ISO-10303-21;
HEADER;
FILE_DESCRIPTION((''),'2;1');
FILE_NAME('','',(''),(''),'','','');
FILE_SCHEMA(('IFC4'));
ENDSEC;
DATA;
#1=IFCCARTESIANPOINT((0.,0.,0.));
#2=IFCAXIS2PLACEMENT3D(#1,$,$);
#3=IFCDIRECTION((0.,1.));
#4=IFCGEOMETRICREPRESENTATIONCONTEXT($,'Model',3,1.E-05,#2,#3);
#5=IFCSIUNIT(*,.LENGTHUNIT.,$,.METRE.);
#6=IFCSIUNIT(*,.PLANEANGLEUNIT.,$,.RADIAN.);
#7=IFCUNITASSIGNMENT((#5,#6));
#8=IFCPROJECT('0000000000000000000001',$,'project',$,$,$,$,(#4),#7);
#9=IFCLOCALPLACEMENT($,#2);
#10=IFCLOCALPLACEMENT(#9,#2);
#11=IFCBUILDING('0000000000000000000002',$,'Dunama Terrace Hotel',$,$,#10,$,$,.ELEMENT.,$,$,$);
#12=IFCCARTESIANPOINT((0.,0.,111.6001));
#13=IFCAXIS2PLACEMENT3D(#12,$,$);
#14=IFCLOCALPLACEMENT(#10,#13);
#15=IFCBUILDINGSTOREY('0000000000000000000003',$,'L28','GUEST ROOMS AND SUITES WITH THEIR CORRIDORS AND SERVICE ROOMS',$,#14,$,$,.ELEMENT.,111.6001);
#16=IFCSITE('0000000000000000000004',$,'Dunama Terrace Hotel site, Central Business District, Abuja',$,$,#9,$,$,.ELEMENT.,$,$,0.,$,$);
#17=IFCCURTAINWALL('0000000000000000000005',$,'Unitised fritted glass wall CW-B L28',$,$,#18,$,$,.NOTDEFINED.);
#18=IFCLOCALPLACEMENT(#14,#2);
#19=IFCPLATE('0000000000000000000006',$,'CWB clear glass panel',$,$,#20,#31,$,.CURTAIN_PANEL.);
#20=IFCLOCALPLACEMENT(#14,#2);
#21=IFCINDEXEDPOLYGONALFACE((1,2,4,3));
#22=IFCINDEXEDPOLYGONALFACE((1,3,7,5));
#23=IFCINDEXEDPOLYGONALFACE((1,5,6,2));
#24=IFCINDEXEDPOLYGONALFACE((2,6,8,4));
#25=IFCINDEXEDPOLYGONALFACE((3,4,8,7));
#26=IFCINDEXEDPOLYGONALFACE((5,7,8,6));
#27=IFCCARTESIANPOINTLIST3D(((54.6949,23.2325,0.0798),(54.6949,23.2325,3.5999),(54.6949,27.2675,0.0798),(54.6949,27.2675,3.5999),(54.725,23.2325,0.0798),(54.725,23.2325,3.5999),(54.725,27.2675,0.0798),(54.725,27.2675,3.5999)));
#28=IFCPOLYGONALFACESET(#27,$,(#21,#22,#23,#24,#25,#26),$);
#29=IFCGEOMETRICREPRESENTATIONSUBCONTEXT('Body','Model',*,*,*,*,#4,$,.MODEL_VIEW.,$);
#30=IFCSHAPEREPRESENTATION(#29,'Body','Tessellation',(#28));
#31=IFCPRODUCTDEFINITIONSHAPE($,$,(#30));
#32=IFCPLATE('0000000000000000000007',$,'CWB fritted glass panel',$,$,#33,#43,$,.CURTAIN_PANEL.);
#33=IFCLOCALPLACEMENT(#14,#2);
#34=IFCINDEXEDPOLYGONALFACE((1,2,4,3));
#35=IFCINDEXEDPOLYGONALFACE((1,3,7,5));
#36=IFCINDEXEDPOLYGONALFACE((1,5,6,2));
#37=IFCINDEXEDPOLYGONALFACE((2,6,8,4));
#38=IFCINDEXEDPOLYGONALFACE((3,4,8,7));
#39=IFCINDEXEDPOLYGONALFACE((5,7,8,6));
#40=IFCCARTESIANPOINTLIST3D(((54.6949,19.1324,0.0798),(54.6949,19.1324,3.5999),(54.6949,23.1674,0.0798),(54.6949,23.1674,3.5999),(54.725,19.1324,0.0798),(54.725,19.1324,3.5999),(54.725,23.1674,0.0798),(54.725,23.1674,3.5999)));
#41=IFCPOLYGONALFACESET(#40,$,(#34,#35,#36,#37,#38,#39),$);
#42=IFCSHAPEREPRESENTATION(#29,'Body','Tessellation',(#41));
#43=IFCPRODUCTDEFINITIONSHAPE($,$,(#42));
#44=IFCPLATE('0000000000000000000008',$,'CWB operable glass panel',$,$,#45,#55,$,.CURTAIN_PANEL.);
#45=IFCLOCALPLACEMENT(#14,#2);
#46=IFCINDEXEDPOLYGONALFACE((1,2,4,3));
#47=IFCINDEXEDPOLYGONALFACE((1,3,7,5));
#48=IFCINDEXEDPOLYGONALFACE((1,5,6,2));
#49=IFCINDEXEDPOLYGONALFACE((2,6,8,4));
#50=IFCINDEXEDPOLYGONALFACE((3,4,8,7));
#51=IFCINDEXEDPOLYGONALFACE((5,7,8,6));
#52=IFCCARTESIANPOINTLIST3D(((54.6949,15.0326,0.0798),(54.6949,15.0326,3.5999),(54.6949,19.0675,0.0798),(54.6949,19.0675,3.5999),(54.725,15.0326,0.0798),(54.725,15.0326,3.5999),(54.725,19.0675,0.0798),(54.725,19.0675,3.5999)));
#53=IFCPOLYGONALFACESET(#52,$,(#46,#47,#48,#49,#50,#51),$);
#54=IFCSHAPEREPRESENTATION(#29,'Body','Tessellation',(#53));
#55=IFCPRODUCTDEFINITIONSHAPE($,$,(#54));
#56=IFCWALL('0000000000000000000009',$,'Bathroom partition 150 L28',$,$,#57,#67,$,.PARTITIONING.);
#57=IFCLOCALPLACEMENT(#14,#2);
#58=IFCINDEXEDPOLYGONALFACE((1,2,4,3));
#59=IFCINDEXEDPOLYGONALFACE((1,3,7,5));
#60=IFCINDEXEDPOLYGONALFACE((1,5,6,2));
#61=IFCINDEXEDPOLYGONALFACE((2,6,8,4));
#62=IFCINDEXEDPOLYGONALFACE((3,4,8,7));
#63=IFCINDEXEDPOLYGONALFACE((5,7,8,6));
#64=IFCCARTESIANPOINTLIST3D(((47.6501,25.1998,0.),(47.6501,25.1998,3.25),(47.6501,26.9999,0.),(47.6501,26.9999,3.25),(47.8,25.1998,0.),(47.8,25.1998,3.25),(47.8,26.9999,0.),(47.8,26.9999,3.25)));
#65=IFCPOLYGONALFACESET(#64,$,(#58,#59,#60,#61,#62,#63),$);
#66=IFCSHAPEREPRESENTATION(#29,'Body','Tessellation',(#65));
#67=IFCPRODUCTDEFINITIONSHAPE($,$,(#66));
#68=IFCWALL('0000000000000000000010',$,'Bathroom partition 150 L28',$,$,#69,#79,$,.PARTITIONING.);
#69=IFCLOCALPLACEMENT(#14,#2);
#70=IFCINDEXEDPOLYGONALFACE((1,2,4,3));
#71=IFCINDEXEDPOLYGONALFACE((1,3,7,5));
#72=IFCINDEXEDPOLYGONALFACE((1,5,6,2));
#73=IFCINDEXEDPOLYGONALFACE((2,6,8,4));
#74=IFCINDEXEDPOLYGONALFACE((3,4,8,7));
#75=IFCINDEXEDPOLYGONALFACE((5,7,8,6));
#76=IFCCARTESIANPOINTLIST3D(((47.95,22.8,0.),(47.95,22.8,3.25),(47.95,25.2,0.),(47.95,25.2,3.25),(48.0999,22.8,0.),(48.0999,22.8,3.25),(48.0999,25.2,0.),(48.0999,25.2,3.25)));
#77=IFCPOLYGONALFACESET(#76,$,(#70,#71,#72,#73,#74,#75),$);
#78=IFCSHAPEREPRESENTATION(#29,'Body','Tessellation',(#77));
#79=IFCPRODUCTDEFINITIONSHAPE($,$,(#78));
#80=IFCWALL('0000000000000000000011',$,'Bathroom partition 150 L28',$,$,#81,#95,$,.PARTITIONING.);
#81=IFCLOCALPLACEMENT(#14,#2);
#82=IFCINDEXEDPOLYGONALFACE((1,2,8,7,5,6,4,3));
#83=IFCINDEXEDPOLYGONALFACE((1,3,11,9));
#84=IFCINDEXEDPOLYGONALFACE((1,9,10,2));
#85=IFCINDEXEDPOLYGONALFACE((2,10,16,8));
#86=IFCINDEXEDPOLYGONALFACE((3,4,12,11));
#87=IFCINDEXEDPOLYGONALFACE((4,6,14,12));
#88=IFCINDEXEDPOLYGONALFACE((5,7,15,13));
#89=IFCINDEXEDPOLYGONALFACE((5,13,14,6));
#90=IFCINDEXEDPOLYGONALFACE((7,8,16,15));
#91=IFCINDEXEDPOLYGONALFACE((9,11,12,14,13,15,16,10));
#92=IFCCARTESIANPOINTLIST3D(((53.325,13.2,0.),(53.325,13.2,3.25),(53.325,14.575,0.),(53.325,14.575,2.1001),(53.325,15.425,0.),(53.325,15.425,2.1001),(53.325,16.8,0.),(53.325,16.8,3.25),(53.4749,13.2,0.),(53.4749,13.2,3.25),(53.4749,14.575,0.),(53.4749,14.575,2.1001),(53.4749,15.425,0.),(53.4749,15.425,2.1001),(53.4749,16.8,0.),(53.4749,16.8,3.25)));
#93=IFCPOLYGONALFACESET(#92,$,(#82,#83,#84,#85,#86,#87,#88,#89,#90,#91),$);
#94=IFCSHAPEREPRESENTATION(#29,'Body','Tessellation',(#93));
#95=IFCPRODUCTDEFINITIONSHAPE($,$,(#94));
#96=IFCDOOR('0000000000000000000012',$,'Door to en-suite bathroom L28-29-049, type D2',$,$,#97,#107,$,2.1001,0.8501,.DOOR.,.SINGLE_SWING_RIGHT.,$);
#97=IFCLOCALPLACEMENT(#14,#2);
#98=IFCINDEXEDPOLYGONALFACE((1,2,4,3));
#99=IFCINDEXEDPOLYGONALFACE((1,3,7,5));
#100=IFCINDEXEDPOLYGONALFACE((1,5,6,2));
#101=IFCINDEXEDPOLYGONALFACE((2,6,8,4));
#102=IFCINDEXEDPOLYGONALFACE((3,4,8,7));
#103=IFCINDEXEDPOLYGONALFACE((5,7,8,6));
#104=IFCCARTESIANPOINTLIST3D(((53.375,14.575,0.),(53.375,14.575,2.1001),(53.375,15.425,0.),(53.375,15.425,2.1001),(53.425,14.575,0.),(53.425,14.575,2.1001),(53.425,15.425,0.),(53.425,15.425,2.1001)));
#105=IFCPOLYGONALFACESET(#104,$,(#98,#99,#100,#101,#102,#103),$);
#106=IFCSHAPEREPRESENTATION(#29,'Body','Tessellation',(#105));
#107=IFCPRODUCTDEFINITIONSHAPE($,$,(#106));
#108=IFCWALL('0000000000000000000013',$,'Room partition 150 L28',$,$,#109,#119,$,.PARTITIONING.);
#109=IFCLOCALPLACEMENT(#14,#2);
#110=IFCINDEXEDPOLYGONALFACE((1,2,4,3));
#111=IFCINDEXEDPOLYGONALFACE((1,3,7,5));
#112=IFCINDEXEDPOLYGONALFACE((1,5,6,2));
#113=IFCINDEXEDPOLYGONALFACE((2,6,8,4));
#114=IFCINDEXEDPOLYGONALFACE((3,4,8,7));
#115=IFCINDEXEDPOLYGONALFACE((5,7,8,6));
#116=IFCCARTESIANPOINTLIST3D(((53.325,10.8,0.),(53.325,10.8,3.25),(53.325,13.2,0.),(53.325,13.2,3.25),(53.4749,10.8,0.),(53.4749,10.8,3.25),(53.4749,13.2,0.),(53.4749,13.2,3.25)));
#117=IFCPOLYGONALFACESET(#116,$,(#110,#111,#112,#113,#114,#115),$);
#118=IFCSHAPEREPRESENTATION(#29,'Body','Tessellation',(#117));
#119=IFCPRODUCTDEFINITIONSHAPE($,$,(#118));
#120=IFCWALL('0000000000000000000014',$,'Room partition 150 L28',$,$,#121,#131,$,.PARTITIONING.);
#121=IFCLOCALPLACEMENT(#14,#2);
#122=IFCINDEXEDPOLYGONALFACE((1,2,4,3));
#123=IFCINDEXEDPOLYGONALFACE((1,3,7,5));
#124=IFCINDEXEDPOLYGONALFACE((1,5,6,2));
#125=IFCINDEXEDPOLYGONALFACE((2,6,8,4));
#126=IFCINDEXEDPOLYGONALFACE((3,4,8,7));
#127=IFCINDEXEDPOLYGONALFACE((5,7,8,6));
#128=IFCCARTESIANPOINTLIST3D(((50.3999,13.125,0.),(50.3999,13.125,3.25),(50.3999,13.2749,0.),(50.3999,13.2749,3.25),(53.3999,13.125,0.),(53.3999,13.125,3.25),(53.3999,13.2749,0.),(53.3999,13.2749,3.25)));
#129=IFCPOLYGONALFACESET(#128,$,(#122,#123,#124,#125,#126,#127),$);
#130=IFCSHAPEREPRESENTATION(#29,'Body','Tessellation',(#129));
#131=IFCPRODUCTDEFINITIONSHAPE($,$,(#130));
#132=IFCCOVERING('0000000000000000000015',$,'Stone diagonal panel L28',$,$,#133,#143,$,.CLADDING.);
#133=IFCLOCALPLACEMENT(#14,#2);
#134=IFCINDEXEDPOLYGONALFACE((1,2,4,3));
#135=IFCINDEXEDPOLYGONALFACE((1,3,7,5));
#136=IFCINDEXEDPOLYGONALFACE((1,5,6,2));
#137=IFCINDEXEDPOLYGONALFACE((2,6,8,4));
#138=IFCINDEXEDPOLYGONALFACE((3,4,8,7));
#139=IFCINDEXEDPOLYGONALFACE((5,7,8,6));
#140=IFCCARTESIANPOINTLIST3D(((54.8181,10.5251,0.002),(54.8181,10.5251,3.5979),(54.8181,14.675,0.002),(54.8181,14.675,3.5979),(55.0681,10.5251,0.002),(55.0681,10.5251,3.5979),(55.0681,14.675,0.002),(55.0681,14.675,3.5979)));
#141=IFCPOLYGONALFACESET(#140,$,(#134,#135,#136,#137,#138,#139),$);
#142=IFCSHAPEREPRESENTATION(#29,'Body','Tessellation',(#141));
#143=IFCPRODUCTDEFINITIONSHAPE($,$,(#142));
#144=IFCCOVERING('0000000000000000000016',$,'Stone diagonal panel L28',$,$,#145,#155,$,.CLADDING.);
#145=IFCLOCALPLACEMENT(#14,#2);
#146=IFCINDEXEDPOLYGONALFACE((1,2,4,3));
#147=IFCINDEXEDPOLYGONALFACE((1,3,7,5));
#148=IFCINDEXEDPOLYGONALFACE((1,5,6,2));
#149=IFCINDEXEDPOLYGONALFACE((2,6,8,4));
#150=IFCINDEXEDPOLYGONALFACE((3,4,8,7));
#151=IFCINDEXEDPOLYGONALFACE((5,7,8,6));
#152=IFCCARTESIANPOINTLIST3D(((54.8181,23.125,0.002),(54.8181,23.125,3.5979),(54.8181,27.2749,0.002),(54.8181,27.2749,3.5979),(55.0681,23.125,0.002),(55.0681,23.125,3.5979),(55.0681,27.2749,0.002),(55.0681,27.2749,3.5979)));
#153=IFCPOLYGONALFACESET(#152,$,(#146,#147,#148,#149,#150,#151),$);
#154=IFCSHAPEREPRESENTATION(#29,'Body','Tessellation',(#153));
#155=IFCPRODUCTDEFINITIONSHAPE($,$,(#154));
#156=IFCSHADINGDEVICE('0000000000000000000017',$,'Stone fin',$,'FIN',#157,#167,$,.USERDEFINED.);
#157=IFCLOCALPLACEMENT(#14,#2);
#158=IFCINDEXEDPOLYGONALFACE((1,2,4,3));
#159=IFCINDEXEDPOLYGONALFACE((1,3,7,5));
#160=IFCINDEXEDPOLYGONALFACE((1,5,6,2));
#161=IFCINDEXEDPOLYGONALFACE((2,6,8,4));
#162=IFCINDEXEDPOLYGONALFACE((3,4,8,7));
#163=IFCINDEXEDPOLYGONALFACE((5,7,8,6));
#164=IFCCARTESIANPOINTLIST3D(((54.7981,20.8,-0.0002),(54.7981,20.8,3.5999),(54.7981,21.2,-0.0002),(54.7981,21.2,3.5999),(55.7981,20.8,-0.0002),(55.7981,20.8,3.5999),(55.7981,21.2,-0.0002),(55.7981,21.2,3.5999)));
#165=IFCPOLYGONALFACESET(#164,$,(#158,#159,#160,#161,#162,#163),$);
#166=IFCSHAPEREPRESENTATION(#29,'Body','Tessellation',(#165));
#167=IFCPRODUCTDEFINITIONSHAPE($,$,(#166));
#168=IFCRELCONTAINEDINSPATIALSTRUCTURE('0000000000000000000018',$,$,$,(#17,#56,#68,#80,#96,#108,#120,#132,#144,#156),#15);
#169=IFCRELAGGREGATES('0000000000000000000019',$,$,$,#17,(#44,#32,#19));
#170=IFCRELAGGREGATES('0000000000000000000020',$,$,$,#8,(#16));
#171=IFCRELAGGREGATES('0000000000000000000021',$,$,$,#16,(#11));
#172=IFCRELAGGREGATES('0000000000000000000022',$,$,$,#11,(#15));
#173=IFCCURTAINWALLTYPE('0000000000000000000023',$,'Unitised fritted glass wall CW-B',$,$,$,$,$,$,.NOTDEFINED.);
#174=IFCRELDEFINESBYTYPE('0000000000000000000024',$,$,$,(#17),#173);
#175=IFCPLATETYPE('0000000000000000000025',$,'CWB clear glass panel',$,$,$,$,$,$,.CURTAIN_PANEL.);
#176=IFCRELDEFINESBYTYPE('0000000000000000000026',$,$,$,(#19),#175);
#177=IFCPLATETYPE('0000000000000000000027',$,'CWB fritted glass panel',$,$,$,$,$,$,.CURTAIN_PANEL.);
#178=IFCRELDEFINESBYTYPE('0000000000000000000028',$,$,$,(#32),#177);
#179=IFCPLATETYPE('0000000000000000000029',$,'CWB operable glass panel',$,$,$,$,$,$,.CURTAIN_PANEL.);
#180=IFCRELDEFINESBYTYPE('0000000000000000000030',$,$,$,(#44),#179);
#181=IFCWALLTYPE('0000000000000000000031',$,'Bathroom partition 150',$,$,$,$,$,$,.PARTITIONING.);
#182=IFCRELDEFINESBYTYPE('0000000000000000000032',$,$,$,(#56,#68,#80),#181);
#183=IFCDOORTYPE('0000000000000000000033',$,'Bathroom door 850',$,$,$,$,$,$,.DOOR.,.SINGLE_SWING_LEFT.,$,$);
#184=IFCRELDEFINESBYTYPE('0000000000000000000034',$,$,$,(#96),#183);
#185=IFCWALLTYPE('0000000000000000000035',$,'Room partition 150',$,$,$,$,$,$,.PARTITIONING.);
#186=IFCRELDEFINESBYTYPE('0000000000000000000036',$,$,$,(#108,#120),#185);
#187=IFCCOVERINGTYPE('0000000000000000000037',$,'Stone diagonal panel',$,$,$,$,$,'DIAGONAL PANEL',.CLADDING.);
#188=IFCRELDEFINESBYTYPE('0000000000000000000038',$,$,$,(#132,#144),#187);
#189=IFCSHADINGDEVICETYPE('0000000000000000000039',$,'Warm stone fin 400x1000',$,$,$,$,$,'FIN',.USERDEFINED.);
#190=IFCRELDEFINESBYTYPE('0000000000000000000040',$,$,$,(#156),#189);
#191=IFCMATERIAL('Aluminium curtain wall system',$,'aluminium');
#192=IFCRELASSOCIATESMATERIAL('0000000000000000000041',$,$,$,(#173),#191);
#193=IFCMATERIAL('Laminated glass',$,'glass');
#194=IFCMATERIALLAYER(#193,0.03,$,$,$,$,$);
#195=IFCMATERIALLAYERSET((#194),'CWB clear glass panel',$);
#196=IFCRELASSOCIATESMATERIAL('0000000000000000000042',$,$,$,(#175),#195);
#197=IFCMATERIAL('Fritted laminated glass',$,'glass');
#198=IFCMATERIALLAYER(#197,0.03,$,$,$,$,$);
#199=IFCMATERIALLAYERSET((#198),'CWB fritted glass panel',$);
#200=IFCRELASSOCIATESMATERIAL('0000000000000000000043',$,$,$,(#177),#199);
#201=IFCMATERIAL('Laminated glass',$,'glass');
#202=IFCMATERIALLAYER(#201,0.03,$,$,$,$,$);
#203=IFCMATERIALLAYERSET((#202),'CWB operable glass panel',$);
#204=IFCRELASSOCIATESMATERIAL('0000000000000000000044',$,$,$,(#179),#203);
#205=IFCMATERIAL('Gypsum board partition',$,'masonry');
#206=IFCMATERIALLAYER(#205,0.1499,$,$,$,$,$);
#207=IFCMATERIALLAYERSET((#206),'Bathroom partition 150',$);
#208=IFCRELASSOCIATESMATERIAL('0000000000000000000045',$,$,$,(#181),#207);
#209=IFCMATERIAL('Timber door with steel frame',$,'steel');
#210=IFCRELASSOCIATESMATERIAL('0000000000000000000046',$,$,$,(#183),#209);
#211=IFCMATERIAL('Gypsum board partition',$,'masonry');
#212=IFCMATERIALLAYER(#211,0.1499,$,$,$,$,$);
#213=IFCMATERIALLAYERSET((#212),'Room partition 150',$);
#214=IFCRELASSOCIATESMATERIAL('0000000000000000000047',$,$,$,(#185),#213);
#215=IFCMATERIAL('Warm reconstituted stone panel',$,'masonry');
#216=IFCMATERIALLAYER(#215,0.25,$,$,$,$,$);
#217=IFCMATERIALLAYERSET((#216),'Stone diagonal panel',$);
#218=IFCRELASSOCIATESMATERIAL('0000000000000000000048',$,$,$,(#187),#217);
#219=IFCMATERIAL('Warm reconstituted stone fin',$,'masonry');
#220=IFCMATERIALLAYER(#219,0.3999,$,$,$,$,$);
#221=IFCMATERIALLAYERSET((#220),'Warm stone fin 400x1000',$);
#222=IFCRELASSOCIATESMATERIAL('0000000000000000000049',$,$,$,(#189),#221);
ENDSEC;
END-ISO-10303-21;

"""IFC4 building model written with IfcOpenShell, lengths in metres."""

from ifc_helpers import new_model, si_unit, direction, frame, frame_2d, origin, origin_2d, place, context, subcontext, project, spatial, rectangle, extrude, material, layer, layer_set, type_object, element, fill, aggregate, save


model = new_model("IFC4")

# Units and contexts
model_context = context("Model", 3, precision=1e-05, world=origin(), true_north=direction((0.0, 1.0)))
body_context = subcontext(model_context, "Body", "Model", "MODEL_VIEW")
ifc_project = project(units=[si_unit("LENGTHUNIT", "METRE"), si_unit("PLANEANGLEUNIT", "RADIAN")], contexts=[model_context])

# Site, building, storey
site_placement = place(None, origin())
site = spatial("IfcSite", under=ifc_project, at=site_placement, Name="Dunama Terrace Hotel site, Central Business District, Abuja", CompositionType="ELEMENT", RefElevation=0.0)
building_placement = place(site_placement, origin())
building = spatial("IfcBuilding", under=site, at=building_placement, Name="Dunama Terrace Hotel", CompositionType="ELEMENT")
storey_placement = place(building_placement, frame((0.0, 0.0, 111.6001)))
storey = spatial("IfcBuildingStorey", under=building, at=storey_placement, Name="L28", Description="GUEST ROOMS AND SUITES WITH THEIR CORRIDORS AND SERVICE ROOMS", CompositionType="ELEMENT", Elevation=111.6001)

# Curtain wall
ifc_material_1 = material(Name="Aluminium curtain wall system", Category="aluminium")
curtain_wall_type = type_object("IfcCurtainWallType", Name="Unitised fritted glass wall CW-B", PredefinedType="NOTDEFINED", material=ifc_material_1)
curtain_wall_placement = place(storey_placement, origin())
curtain_wall = element("IfcCurtainWall", 1, at=curtain_wall_placement, inside=storey, type_object=curtain_wall_type, Name="Unitised fritted glass wall CW-B L28", PredefinedType="NOTDEFINED")

# Plates
ifc_material_2 = material(Name="Laminated glass", Category="glass")
ifc_layer_1 = layer(ifc_material_2, 0.03)
ifc_layer_set_1 = layer_set([ifc_layer_1], Name="CWB clear glass panel")
plate_type_1 = type_object("IfcPlateType", Name="CWB clear glass panel", PredefinedType="CURTAIN_PANEL", material=ifc_layer_set_1)
plate_1_placement = place(storey_placement, frame((54.71, 25.25, 0.0798), z_axis=(0.0, 0.0, 1.0), x_axis=(0.0, 1.0, 0.0)))
plate_1 = element("IfcPlate", 2, at=plate_1_placement, type_object=plate_type_1, Name="CWB clear glass panel", PredefinedType="CURTAIN_PANEL", context=body_context, shape_type="SweptSolid", body=[
    extrude(rectangle(XDim=4.0349, YDim=0.03, at=origin_2d()), origin(), (0.0, 0.0, 1.0), 3.52),
])
ifc_material_3 = material(Name="Fritted laminated glass", Category="glass")
ifc_layer_2 = layer(ifc_material_3, 0.03)
ifc_layer_set_2 = layer_set([ifc_layer_2], Name="CWB fritted glass panel")
plate_type_2 = type_object("IfcPlateType", Name="CWB fritted glass panel", PredefinedType="CURTAIN_PANEL", material=ifc_layer_set_2)
plate_2_placement = place(storey_placement, frame((54.71, 21.1499, 0.0798), z_axis=(0.0, 0.0, 1.0), x_axis=(0.0, 1.0, 0.0)))
plate_2 = element("IfcPlate", 3, at=plate_2_placement, type_object=plate_type_2, Name="CWB fritted glass panel", PredefinedType="CURTAIN_PANEL", context=body_context, shape_type="SweptSolid", body=[
    extrude(rectangle(XDim=4.0349, YDim=0.03, at=origin_2d()), origin(), (0.0, 0.0, 1.0), 3.52),
])
ifc_material_4 = material(Name="Laminated glass", Category="glass")
ifc_layer_3 = layer(ifc_material_4, 0.03)
ifc_layer_set_3 = layer_set([ifc_layer_3], Name="CWB operable glass panel")
plate_type_3 = type_object("IfcPlateType", Name="CWB operable glass panel", PredefinedType="CURTAIN_PANEL", material=ifc_layer_set_3)
plate_3_placement = place(storey_placement, frame((54.71, 17.05, 0.0798), z_axis=(0.0, 0.0, 1.0), x_axis=(0.0, 1.0, 0.0)))
plate_3 = element("IfcPlate", 4, at=plate_3_placement, type_object=plate_type_3, Name="CWB operable glass panel", PredefinedType="CURTAIN_PANEL", context=body_context, shape_type="SweptSolid", body=[
    extrude(rectangle(XDim=4.0349, YDim=0.03, at=origin_2d()), origin(), (0.0, 0.0, 1.0), 3.52),
])
aggregate(curtain_wall, [plate_3, plate_2, plate_1])

# Walls
ifc_material_5 = material(Name="Gypsum board partition", Category="masonry")
ifc_layer_4 = layer(ifc_material_5, 0.1499)
ifc_layer_set_4 = layer_set([ifc_layer_4], Name="Bathroom partition 150")
wall_type_1 = type_object("IfcWallType", Name="Bathroom partition 150", PredefinedType="PARTITIONING", material=ifc_layer_set_4)
wall_1_placement = place(storey_placement, frame((47.7251, 25.2, 0.0), z_axis=(0.0, 0.0, 1.0), x_axis=(0.0, 1.0, 0.0)))
element("IfcWall", 5, at=wall_1_placement, inside=storey, type_object=wall_type_1, Name="Bathroom partition 150 L28", PredefinedType="PARTITIONING", context=body_context, shape_type="SweptSolid", body=[
    extrude(rectangle(XDim=1.8, YDim=0.1499, at=frame_2d((0.8999, 0.0))), origin(), (0.0, 0.0, 1.0), 3.25),
])
wall_2_placement = place(storey_placement, frame((48.0249, 22.8, 0.0), z_axis=(0.0, 0.0, 1.0), x_axis=(0.0, 1.0, 0.0)))
element("IfcWall", 6, at=wall_2_placement, inside=storey, type_object=wall_type_1, Name="Bathroom partition 150 L28", PredefinedType="PARTITIONING", context=body_context, shape_type="SweptSolid", body=[
    extrude(rectangle(XDim=2.3999, YDim=0.1499, at=frame_2d((1.2, 0.0))), origin(), (0.0, 0.0, 1.0), 3.25),
])

# Wall, opening, door
wall_3_placement = place(storey_placement, frame((53.3999, 13.2, 0.0), z_axis=(0.0, 0.0, 1.0), x_axis=(0.0, 1.0, 0.0)))
wall_3 = element("IfcWall", 7, at=wall_3_placement, inside=storey, type_object=wall_type_1, Name="Bathroom partition 150 L28", PredefinedType="PARTITIONING", context=body_context, shape_type="SweptSolid", body=[
    extrude(rectangle(XDim=3.6001, YDim=0.1499, at=frame_2d((1.8, 0.0))), origin(), (0.0, 0.0, 1.0), 3.25),
])
opening_placement = place(wall_3_placement, frame((1.375, 0.0, 0.0)))
opening = element("IfcOpeningElement", 8, at=opening_placement, cuts=wall_3, PredefinedType="OPENING", context=body_context, shape_type="SweptSolid", body=[
    extrude(rectangle(XDim=0.8501, YDim=2.1001, at=frame_2d((0.425, 1.05))), frame((0.0, 0.085, 0.0), z_axis=(0.0, -1.0, 0.0), x_axis=(1.0, 0.0, 0.0)), (0.0, 0.0, 1.0), 0.1699),
])
ifc_material_6 = material(Name="Timber door with steel frame", Category="steel")
door_type = type_object("IfcDoorType", Name="Bathroom door 850", OperationType="SINGLE_SWING_LEFT", PredefinedType="DOOR", material=ifc_material_6)
door_placement = place(opening_placement, origin())
door = element("IfcDoor", 9, at=door_placement, inside=storey, type_object=door_type, Name="Door to en-suite bathroom L28-29-049, type D2", OperationType="SINGLE_SWING_RIGHT", OverallHeight=2.1001, OverallWidth=0.8501, PredefinedType="DOOR", context=body_context, shape_type="SweptSolid", body=[
    extrude(rectangle(XDim=0.8501, YDim=2.1001, at=frame_2d((0.425, 1.05))), frame((0.0, 0.0249, 0.0), z_axis=(0.0, -1.0, 0.0), x_axis=(1.0, 0.0, 0.0)), (0.0, 0.0, 1.0), 0.05),
])
fill(opening, door)

# Walls
ifc_material_7 = material(Name="Gypsum board partition", Category="masonry")
ifc_layer_5 = layer(ifc_material_7, 0.1499)
ifc_layer_set_5 = layer_set([ifc_layer_5], Name="Room partition 150")
wall_type_2 = type_object("IfcWallType", Name="Room partition 150", PredefinedType="PARTITIONING", material=ifc_layer_set_5)
wall_4_placement = place(storey_placement, frame((53.3999, 10.8, 0.0), z_axis=(0.0, 0.0, 1.0), x_axis=(0.0, 1.0, 0.0)))
element("IfcWall", 10, at=wall_4_placement, inside=storey, type_object=wall_type_2, Name="Room partition 150 L28", PredefinedType="PARTITIONING", context=body_context, shape_type="SweptSolid", body=[
    extrude(rectangle(XDim=2.3999, YDim=0.1499, at=frame_2d((1.2, 0.0))), origin(), (0.0, 0.0, 1.0), 3.25),
])
wall_5_placement = place(storey_placement, frame((50.3999, 13.2, 0.0), z_axis=(0.0, 0.0, 1.0), x_axis=(1.0, 0.0, 0.0)))
element("IfcWall", 11, at=wall_5_placement, inside=storey, type_object=wall_type_2, Name="Room partition 150 L28", PredefinedType="PARTITIONING", context=body_context, shape_type="SweptSolid", body=[
    extrude(rectangle(XDim=3.0, YDim=0.1499, at=frame_2d((1.5, 0.0))), origin(), (0.0, 0.0, 1.0), 3.25),
])

# Coverings
ifc_material_8 = material(Name="Warm reconstituted stone panel", Category="masonry")
ifc_layer_6 = layer(ifc_material_8, 0.25)
ifc_layer_set_6 = layer_set([ifc_layer_6], Name="Stone diagonal panel")
covering_type = type_object("IfcCoveringType", Name="Stone diagonal panel", ElementType="DIAGONAL PANEL", PredefinedType="CLADDING", material=ifc_layer_set_6)
for number, where, z_axis, x_axis, name in (
    (12, (54.9431, 12.6001, 0.002), (0.0, 0.0, 1.0), (0.0, 1.0, 0.0), "Stone diagonal panel L28"),
    (13, (54.9431, 25.2, 0.002), (0.0, 0.0, 1.0), (0.0, 1.0, 0.0), "Stone diagonal panel L28"),
):
    element("IfcCovering", number, at=place(storey_placement, frame(where, z_axis=z_axis, x_axis=x_axis)), inside=storey, type_object=covering_type, Name=name, PredefinedType="CLADDING", context=body_context, shape_type="SweptSolid", body=[
        extrude(rectangle(XDim=4.1499, YDim=0.25, at=origin_2d()), origin(), (0.0, 0.0, 1.0), 3.5959),
    ])

# Shading device
ifc_material_9 = material(Name="Warm reconstituted stone fin", Category="masonry")
ifc_layer_7 = layer(ifc_material_9, 0.3999)
ifc_layer_set_7 = layer_set([ifc_layer_7], Name="Warm stone fin 400x1000")
shading_device_type = type_object("IfcShadingDeviceType", Name="Warm stone fin 400x1000", ElementType="FIN", PredefinedType="USERDEFINED", material=ifc_layer_set_7)
shading_device_placement = place(storey_placement, frame((55.2981, 21.0, -0.0002), z_axis=(0.0, 0.0, 1.0), x_axis=(0.0, 1.0, 0.0)))
element("IfcShadingDevice", 14, at=shading_device_placement, inside=storey, type_object=shading_device_type, Name="Stone fin", ObjectType="FIN", PredefinedType="USERDEFINED", context=body_context, shape_type="SweptSolid", body=[
    extrude(rectangle(XDim=0.3999, YDim=1.0, at=origin_2d()), origin(), (0.0, 0.0, 1.0), 3.6001),
])

save(model, "model.ifc")
